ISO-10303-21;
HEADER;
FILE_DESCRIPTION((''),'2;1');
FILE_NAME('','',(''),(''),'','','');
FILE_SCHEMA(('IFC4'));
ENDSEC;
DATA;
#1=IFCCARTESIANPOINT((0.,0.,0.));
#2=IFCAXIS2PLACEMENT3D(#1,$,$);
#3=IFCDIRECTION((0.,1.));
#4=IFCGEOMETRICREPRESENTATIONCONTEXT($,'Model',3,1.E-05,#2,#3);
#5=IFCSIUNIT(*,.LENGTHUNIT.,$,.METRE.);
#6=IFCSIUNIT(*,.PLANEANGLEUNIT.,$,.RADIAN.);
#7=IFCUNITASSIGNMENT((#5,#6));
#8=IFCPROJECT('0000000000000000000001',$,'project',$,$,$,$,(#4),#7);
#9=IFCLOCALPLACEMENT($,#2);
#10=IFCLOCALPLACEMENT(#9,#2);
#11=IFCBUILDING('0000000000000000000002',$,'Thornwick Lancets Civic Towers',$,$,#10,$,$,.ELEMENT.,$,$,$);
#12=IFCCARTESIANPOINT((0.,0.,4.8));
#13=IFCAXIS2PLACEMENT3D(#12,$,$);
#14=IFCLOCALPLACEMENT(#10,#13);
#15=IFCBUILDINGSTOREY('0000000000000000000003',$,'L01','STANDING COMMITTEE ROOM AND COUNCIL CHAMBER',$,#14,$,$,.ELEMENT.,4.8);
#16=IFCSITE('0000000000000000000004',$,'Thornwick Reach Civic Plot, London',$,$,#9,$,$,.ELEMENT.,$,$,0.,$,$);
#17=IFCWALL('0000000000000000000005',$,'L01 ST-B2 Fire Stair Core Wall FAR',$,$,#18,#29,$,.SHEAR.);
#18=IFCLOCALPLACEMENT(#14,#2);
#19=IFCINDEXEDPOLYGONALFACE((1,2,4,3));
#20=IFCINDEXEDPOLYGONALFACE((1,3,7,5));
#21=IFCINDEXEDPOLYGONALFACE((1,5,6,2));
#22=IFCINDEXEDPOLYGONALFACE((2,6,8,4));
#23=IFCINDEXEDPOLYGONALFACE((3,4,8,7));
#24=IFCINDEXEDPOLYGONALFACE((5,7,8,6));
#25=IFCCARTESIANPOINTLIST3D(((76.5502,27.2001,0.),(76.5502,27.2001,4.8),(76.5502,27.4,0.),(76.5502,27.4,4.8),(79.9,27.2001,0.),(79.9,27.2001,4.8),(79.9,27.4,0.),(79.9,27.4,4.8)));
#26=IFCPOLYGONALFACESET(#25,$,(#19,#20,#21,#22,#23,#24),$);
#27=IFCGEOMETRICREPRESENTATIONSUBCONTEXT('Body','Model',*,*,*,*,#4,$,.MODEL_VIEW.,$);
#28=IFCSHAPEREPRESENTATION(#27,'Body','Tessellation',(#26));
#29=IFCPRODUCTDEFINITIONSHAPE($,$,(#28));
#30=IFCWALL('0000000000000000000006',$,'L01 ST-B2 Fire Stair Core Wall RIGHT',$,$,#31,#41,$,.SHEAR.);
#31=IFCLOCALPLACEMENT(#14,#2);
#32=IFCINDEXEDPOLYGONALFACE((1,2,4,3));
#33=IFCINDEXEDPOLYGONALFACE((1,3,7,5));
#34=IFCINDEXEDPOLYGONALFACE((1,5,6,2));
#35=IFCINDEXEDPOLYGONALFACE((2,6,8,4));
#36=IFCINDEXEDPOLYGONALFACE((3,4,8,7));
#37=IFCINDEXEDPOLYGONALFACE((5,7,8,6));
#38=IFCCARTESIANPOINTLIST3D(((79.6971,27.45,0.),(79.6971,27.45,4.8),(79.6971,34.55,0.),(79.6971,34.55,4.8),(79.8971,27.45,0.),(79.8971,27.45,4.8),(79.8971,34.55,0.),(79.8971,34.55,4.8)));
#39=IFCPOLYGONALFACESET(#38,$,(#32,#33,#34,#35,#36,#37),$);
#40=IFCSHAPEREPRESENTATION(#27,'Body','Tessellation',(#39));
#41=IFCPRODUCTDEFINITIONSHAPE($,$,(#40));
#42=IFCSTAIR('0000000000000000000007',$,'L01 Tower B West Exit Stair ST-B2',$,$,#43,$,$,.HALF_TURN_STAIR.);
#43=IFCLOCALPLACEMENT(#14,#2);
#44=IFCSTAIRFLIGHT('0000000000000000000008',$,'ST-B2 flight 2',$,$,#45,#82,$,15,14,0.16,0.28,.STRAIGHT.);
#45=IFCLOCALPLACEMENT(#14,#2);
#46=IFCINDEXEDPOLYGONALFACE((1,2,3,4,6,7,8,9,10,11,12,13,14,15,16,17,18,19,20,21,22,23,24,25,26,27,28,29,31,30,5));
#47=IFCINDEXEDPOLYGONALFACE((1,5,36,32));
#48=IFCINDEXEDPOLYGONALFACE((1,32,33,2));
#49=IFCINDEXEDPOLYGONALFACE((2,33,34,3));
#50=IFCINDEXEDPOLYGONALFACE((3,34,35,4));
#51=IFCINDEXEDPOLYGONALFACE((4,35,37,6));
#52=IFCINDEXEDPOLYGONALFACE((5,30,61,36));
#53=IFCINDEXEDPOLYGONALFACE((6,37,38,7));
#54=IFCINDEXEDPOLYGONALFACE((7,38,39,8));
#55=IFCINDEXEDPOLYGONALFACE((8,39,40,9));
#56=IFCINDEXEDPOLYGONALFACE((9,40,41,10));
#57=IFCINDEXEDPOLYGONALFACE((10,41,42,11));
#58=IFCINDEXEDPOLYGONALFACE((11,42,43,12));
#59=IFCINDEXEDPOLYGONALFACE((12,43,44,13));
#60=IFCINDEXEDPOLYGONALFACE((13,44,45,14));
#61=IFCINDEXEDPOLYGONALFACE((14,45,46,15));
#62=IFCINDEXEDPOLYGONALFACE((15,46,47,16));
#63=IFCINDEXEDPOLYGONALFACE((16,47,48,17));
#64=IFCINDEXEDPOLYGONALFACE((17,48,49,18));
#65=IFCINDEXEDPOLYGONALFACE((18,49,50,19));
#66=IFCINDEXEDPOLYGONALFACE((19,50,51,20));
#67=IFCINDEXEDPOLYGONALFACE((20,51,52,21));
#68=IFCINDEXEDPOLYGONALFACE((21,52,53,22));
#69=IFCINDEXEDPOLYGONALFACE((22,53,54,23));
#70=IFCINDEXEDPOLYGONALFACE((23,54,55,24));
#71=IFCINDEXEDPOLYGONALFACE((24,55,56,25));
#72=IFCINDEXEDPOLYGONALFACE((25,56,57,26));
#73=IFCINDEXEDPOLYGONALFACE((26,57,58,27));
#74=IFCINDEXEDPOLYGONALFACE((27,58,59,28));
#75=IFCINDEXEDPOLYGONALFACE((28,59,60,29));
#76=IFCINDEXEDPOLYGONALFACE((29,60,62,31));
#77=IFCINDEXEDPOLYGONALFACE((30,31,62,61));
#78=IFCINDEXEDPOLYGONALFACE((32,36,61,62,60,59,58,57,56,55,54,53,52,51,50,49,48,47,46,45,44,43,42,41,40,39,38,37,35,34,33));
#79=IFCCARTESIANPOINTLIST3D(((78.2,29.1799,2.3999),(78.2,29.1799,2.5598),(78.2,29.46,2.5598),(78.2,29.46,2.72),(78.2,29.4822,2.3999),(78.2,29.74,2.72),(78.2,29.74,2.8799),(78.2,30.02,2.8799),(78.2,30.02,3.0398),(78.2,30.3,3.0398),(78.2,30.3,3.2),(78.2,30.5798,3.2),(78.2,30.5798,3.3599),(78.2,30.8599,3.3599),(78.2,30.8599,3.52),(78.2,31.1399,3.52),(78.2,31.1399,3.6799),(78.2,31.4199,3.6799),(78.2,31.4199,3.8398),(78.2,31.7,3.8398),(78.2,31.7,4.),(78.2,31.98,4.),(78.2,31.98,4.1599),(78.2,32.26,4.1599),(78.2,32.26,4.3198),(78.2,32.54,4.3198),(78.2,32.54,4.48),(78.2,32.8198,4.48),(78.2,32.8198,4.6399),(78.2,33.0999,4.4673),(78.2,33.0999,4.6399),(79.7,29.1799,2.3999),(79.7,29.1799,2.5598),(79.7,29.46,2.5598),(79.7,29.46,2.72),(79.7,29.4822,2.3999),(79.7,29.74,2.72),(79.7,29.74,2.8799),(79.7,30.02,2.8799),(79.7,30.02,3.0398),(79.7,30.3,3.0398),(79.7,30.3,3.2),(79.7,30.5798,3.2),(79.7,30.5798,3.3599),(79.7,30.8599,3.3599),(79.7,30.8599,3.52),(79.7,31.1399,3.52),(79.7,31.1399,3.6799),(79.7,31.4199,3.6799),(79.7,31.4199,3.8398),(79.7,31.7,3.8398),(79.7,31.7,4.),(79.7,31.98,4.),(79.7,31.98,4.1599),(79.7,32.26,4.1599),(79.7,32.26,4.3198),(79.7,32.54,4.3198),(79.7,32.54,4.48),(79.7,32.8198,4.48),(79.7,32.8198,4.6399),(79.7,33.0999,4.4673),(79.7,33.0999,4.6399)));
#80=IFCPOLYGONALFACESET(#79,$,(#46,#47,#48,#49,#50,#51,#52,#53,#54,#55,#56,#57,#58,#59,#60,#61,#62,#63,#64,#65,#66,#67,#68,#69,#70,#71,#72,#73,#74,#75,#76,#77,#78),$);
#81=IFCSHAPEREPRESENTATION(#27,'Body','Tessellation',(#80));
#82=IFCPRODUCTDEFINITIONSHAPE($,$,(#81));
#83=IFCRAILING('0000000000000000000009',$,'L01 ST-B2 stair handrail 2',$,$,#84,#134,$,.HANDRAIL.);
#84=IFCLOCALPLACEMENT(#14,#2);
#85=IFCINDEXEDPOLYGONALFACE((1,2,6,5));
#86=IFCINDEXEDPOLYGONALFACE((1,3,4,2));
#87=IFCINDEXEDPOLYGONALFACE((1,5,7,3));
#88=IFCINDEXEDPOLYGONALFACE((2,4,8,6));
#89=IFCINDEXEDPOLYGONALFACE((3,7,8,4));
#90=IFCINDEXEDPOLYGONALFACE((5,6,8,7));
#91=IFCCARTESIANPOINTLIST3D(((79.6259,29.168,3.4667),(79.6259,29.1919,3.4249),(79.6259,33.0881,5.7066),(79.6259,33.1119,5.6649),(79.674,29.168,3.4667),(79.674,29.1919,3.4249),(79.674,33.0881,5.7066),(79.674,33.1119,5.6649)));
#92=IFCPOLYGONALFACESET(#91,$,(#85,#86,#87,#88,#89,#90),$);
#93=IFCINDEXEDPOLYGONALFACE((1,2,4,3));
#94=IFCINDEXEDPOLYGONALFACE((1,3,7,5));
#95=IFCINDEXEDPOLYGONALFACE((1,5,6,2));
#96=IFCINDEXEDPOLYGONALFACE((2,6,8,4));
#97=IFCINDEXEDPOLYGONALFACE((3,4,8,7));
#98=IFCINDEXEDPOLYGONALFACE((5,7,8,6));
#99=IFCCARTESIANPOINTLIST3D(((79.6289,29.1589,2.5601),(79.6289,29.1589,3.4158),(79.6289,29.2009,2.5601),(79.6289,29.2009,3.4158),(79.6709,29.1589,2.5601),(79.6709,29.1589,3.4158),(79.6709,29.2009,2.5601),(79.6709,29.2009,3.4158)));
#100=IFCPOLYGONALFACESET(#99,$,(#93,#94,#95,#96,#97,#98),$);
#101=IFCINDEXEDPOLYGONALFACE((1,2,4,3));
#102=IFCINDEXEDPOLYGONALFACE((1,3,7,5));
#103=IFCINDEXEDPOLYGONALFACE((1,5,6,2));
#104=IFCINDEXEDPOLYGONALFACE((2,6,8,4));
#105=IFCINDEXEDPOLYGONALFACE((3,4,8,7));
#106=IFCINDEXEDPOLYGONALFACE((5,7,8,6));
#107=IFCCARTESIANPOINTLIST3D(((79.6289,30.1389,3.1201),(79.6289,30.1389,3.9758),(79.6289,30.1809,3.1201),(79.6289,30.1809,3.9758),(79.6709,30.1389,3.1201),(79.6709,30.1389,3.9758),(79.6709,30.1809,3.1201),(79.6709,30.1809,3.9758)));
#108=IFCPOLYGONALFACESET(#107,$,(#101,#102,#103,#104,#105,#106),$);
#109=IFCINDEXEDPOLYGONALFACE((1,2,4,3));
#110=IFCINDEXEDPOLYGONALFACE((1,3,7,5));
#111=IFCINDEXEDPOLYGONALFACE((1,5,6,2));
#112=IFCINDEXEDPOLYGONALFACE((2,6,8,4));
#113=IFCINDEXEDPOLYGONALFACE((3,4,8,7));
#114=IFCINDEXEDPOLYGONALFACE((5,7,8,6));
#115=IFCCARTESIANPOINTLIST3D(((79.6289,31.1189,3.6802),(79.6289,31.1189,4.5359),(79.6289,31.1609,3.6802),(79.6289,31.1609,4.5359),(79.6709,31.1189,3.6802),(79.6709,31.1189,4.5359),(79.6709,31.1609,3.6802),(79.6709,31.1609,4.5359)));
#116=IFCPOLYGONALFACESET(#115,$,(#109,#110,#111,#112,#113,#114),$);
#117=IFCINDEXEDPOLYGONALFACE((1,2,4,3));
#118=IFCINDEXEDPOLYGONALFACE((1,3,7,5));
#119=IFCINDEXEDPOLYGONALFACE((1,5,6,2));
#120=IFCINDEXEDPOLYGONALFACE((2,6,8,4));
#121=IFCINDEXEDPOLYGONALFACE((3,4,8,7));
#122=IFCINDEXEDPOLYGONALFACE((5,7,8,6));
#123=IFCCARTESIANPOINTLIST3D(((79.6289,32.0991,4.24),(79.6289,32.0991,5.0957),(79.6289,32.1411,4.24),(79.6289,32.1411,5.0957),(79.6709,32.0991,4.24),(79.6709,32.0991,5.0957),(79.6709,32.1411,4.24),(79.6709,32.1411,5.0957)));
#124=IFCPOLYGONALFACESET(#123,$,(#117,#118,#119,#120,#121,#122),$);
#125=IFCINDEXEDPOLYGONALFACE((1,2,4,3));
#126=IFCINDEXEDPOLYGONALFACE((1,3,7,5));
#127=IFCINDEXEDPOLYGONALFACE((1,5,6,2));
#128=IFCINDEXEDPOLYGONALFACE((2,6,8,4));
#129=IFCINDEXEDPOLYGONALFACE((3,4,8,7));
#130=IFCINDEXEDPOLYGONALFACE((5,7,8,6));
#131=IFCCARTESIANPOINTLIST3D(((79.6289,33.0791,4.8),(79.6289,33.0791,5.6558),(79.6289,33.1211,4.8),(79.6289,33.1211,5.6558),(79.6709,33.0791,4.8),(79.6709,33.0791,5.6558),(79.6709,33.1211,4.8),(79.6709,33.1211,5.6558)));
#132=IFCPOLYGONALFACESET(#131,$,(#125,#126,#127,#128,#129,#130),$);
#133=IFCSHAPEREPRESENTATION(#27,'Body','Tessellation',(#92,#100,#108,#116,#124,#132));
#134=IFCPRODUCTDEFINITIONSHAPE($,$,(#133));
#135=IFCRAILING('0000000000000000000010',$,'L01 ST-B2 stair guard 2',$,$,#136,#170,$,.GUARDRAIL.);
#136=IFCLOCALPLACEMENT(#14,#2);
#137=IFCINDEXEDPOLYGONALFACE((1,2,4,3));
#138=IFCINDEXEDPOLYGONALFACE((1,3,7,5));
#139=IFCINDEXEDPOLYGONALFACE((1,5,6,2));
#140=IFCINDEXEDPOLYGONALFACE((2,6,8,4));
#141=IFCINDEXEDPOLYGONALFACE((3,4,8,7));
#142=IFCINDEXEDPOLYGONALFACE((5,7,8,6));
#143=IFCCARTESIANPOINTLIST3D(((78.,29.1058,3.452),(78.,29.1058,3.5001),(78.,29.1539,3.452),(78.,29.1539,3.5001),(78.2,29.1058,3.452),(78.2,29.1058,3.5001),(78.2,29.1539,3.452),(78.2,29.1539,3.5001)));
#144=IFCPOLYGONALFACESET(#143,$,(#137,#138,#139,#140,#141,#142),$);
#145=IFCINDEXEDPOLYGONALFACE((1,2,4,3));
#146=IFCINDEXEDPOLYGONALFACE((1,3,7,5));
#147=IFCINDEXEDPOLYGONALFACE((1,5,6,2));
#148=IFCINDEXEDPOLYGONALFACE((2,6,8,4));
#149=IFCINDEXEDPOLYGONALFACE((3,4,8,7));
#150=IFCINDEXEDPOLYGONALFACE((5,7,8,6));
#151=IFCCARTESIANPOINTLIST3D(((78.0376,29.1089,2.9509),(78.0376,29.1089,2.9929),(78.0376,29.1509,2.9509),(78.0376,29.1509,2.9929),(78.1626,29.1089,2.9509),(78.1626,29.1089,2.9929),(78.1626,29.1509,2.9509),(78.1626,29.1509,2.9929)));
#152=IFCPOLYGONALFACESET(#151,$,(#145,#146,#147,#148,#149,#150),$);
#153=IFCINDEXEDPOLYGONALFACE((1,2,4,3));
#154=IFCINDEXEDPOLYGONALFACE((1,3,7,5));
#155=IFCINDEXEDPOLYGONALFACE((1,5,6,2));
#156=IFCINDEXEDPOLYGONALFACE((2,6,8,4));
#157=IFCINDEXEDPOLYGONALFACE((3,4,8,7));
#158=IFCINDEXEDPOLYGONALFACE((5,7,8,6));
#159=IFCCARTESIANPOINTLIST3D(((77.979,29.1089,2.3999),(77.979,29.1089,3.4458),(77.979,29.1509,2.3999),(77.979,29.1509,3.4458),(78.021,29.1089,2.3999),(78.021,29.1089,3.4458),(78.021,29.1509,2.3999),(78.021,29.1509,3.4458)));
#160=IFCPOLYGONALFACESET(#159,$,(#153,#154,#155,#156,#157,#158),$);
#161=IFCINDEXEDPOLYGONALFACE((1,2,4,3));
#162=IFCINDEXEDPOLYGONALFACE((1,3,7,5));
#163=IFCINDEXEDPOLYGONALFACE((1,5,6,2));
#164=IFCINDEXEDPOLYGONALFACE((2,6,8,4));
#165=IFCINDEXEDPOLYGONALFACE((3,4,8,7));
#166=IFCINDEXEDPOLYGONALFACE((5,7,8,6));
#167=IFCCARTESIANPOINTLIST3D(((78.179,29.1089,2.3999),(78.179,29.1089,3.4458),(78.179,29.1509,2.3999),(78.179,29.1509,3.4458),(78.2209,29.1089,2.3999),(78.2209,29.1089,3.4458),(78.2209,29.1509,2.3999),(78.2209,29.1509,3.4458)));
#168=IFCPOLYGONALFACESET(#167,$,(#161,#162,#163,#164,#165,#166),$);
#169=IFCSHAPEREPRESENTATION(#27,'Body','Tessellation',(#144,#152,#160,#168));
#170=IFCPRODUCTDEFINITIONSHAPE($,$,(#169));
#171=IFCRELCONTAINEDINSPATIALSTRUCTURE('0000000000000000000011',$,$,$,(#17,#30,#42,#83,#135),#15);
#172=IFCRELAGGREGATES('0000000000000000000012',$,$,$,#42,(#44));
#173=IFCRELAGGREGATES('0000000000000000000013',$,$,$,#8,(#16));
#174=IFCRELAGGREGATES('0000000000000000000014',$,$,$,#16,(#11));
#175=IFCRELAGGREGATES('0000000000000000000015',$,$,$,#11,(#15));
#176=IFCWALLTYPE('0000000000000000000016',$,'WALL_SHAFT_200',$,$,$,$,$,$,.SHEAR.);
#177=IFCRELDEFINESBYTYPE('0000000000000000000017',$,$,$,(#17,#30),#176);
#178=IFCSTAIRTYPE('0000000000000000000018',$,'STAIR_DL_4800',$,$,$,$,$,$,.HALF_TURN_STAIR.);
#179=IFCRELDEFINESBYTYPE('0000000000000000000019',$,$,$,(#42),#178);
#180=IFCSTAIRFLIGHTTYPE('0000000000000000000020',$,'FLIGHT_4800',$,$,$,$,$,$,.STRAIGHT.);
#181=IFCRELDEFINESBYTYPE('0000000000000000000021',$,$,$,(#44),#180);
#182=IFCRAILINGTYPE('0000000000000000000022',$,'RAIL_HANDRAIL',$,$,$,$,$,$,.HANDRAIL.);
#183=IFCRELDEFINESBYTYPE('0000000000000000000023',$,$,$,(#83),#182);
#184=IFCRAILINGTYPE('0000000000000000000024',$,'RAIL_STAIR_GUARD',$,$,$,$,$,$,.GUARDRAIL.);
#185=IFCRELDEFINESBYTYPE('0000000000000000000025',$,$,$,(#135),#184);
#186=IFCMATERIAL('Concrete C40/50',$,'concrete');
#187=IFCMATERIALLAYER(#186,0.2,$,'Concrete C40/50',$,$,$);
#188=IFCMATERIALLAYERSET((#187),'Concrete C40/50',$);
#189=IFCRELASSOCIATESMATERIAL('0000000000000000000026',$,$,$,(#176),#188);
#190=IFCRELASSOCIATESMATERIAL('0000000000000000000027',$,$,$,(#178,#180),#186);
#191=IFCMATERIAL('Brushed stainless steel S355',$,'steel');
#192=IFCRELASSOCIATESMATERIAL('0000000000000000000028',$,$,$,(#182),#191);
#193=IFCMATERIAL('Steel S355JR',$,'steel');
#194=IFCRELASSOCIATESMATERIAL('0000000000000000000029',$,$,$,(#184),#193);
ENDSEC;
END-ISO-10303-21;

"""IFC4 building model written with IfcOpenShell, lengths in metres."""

from ifc_helpers import new_model, si_unit, direction, frame, frame_2d, origin, origin_2d, place, context, subcontext, project, spatial, polyline, rectangle, outline, extrude, material, layer, layer_set, type_object, element, aggregate, save


model = new_model("IFC4")

# Units and contexts
model_context = context("Model", 3, precision=1e-05, world=origin(), true_north=direction((0.0, 1.0)))
body_context = subcontext(model_context, "Body", "Model", "MODEL_VIEW")
ifc_project = project(units=[si_unit("LENGTHUNIT", "METRE"), si_unit("PLANEANGLEUNIT", "RADIAN")], contexts=[model_context])

# Site, building, storey
site_placement = place(None, origin())
site = spatial("IfcSite", under=ifc_project, at=site_placement, Name="Thornwick Reach Civic Plot, London", CompositionType="ELEMENT", RefElevation=0.0)
building_placement = place(site_placement, origin())
building = spatial("IfcBuilding", under=site, at=building_placement, Name="Thornwick Lancets Civic Towers", CompositionType="ELEMENT")
storey_placement = place(building_placement, frame((0.0, 0.0, 4.8)))
storey = spatial("IfcBuildingStorey", under=building, at=storey_placement, Name="L01", Description="STANDING COMMITTEE ROOM AND COUNCIL CHAMBER", CompositionType="ELEMENT", Elevation=4.8)

# Shared definitions
ifc_material_1 = material(Name="Steel S355JR", Category="steel")
ifc_material_2 = material(Name="Concrete C40/50", Category="concrete")

# Walls
ifc_layer_1 = layer(ifc_material_2, 0.2, Name="Concrete C40/50")
ifc_layer_set_1 = layer_set([ifc_layer_1], Name="Concrete C40/50")
wall_type_1 = type_object("IfcWallType", Name="WALL_SHAFT_200", PredefinedType="SHEAR", material=ifc_layer_set_1)
wall_1_placement = place(storey_placement, frame((79.8999, 27.3, 0.0), z_axis=(0.0, 0.0, 1.0), x_axis=(-1.0, 0.0, 0.0)))
element("IfcWall", 1, at=wall_1_placement, inside=storey, type_object=wall_type_1, Name="L01 ST-B2 Fire Stair Core Wall FAR", PredefinedType="SHEAR", context=body_context, shape_type="SweptSolid", body=[
    extrude(rectangle(XDim=3.3499, YDim=0.2, at=frame_2d((1.6748, 0.0))), origin(), (0.0, 0.0, 1.0), 4.8),
])
wall_2_placement = place(storey_placement, frame((79.7971, 27.45, 0.0), z_axis=(0.0, 0.0, 1.0), x_axis=(0.0, 1.0, 0.0)))
element("IfcWall", 2, at=wall_2_placement, inside=storey, type_object=wall_type_1, Name="L01 ST-B2 Fire Stair Core Wall RIGHT", PredefinedType="SHEAR", context=body_context, shape_type="SweptSolid", body=[
    extrude(rectangle(XDim=7.1001, YDim=0.2, at=frame_2d((3.55, 0.0))), origin(), (0.0, 0.0, 1.0), 4.8),
])

# Stair, stair flight
stair_type = type_object("IfcStairType", Name="STAIR_DL_4800", PredefinedType="HALF_TURN_STAIR", material=ifc_material_2)
stair_placement = place(storey_placement, origin())
stair = element("IfcStair", 3, at=stair_placement, inside=storey, type_object=stair_type, Name="L01 Tower B West Exit Stair ST-B2", PredefinedType="HALF_TURN_STAIR")
stair_flight_type = type_object("IfcStairFlightType", Name="FLIGHT_4800", PredefinedType="STRAIGHT", material=ifc_material_2)
stair_flight_placement = place(storey_placement, frame((78.95, 29.1799, 2.3999), z_axis=(0.0, 0.0, 1.0), x_axis=(0.0, 1.0, 0.0)))
stair_flight = element("IfcStairFlight", 4, at=stair_flight_placement, type_object=stair_flight_type, Name="ST-B2 flight 2", NumberOfRisers=15, NumberOfTreads=14, PredefinedType="STRAIGHT", RiserHeight=0.16, TreadLength=0.28, context=body_context, shape_type="SweptSolid", body=[
    extrude(outline(polyline([(0.0, 0.0), (0.0, 0.1599), (0.28, 0.1599), (0.28, 0.3201), (0.5601, 0.3201), (0.5601, 0.48), (0.8401, 0.48), (0.8401, 0.6399), (1.1201, 0.6399), (1.1201, 0.8), (1.3999, 0.8), (1.3999, 0.96), (1.6799, 0.96), (1.6799, 1.1201), (1.96, 1.1201), (1.96, 1.28), (2.24, 1.28), (2.24, 1.4399), (2.52, 1.4399), (2.52, 1.6001), (2.8, 1.6001), (2.8, 1.76), (3.0801, 1.76), (3.0801, 1.9199), (3.3601, 1.9199), (3.3601, 2.0801), (3.6399, 2.0801), (3.6399, 2.24), (3.9199, 2.24), (3.9199, 2.3999), (3.9199, 2.0674), (0.3022, 0.0), (0.0, 0.0)])), frame((0.0, 0.75, 0.0), z_axis=(0.0, -1.0, 0.0), x_axis=(1.0, 0.0, 0.0)), (0.0, 0.0, 1.0), 1.5),
])
aggregate(stair, [stair_flight])

# Railings
ifc_material_3 = material(Name="Brushed stainless steel S355", Category="steel")
railing_type_1 = type_object("IfcRailingType", Name="RAIL_HANDRAIL", PredefinedType="HANDRAIL", material=ifc_material_3)
railing_1_placement = place(storey_placement, frame((79.6499, 29.1799, 2.5601)))
element("IfcRailing", 5, at=railing_1_placement, inside=storey, type_object=railing_type_1, Name="L01 ST-B2 stair handrail 2", PredefinedType="HANDRAIL", context=body_context, shape_type="SweptSolid", body=[
    extrude(rectangle(XDim=0.0481, YDim=0.0481, at=origin_2d()), frame((0.0, 0.0, 0.8857), z_axis=(0.0, 0.868253, 0.496121), x_axis=(-1.0, 0.0, 0.0)), (0.0, 0.0, 1.0), 4.5149),
    extrude(rectangle(XDim=0.042, YDim=0.042, at=origin_2d()), origin(), (0.0, 0.0, 1.0), 0.8557),
    extrude(rectangle(XDim=0.042, YDim=0.042, at=origin_2d()), frame((0.0, 0.98, 0.5601)), (0.0, 0.0, 1.0), 0.8557),
    extrude(rectangle(XDim=0.042, YDim=0.042, at=origin_2d()), frame((0.0, 1.96, 1.1201)), (0.0, 0.0, 1.0), 0.8557),
    extrude(rectangle(XDim=0.042, YDim=0.042, at=origin_2d()), frame((0.0, 2.9402, 1.6799)), (0.0, 0.0, 1.0), 0.8557),
    extrude(rectangle(XDim=0.042, YDim=0.042, at=origin_2d()), frame((0.0, 3.9202, 2.24)), (0.0, 0.0, 1.0), 0.8557),
])
railing_type_2 = type_object("IfcRailingType", Name="RAIL_STAIR_GUARD", PredefinedType="GUARDRAIL", material=ifc_material_1)
railing_2_placement = place(storey_placement, frame((78.0, 29.1299, 2.3999)))
element("IfcRailing", 6, at=railing_2_placement, inside=storey, type_object=railing_type_2, Name="L01 ST-B2 stair guard 2", PredefinedType="GUARDRAIL", context=body_context, shape_type="SweptSolid", body=[
    extrude(rectangle(XDim=0.0481, YDim=0.0481, at=origin_2d()), frame((0.0, 0.0, 1.0762), z_axis=(1.0, 0.0, 0.0), x_axis=(0.0, 1.0, 0.0)), (0.0, 0.0, 1.0), 0.2),
    extrude(rectangle(XDim=0.042, YDim=0.042, at=origin_2d()), frame((0.0376, 0.0, 0.572), z_axis=(1.0, 0.0, 0.0), x_axis=(0.0, 1.0, 0.0)), (0.0, 0.0, 1.0), 0.125),
    extrude(rectangle(XDim=0.042, YDim=0.042, at=origin_2d()), origin(), (0.0, 0.0, 1.0), 1.0459),
    extrude(rectangle(XDim=0.042, YDim=0.042, at=origin_2d()), frame((0.2, 0.0, 0.0)), (0.0, 0.0, 1.0), 1.0459),
])

save(model, "model.ifc")
